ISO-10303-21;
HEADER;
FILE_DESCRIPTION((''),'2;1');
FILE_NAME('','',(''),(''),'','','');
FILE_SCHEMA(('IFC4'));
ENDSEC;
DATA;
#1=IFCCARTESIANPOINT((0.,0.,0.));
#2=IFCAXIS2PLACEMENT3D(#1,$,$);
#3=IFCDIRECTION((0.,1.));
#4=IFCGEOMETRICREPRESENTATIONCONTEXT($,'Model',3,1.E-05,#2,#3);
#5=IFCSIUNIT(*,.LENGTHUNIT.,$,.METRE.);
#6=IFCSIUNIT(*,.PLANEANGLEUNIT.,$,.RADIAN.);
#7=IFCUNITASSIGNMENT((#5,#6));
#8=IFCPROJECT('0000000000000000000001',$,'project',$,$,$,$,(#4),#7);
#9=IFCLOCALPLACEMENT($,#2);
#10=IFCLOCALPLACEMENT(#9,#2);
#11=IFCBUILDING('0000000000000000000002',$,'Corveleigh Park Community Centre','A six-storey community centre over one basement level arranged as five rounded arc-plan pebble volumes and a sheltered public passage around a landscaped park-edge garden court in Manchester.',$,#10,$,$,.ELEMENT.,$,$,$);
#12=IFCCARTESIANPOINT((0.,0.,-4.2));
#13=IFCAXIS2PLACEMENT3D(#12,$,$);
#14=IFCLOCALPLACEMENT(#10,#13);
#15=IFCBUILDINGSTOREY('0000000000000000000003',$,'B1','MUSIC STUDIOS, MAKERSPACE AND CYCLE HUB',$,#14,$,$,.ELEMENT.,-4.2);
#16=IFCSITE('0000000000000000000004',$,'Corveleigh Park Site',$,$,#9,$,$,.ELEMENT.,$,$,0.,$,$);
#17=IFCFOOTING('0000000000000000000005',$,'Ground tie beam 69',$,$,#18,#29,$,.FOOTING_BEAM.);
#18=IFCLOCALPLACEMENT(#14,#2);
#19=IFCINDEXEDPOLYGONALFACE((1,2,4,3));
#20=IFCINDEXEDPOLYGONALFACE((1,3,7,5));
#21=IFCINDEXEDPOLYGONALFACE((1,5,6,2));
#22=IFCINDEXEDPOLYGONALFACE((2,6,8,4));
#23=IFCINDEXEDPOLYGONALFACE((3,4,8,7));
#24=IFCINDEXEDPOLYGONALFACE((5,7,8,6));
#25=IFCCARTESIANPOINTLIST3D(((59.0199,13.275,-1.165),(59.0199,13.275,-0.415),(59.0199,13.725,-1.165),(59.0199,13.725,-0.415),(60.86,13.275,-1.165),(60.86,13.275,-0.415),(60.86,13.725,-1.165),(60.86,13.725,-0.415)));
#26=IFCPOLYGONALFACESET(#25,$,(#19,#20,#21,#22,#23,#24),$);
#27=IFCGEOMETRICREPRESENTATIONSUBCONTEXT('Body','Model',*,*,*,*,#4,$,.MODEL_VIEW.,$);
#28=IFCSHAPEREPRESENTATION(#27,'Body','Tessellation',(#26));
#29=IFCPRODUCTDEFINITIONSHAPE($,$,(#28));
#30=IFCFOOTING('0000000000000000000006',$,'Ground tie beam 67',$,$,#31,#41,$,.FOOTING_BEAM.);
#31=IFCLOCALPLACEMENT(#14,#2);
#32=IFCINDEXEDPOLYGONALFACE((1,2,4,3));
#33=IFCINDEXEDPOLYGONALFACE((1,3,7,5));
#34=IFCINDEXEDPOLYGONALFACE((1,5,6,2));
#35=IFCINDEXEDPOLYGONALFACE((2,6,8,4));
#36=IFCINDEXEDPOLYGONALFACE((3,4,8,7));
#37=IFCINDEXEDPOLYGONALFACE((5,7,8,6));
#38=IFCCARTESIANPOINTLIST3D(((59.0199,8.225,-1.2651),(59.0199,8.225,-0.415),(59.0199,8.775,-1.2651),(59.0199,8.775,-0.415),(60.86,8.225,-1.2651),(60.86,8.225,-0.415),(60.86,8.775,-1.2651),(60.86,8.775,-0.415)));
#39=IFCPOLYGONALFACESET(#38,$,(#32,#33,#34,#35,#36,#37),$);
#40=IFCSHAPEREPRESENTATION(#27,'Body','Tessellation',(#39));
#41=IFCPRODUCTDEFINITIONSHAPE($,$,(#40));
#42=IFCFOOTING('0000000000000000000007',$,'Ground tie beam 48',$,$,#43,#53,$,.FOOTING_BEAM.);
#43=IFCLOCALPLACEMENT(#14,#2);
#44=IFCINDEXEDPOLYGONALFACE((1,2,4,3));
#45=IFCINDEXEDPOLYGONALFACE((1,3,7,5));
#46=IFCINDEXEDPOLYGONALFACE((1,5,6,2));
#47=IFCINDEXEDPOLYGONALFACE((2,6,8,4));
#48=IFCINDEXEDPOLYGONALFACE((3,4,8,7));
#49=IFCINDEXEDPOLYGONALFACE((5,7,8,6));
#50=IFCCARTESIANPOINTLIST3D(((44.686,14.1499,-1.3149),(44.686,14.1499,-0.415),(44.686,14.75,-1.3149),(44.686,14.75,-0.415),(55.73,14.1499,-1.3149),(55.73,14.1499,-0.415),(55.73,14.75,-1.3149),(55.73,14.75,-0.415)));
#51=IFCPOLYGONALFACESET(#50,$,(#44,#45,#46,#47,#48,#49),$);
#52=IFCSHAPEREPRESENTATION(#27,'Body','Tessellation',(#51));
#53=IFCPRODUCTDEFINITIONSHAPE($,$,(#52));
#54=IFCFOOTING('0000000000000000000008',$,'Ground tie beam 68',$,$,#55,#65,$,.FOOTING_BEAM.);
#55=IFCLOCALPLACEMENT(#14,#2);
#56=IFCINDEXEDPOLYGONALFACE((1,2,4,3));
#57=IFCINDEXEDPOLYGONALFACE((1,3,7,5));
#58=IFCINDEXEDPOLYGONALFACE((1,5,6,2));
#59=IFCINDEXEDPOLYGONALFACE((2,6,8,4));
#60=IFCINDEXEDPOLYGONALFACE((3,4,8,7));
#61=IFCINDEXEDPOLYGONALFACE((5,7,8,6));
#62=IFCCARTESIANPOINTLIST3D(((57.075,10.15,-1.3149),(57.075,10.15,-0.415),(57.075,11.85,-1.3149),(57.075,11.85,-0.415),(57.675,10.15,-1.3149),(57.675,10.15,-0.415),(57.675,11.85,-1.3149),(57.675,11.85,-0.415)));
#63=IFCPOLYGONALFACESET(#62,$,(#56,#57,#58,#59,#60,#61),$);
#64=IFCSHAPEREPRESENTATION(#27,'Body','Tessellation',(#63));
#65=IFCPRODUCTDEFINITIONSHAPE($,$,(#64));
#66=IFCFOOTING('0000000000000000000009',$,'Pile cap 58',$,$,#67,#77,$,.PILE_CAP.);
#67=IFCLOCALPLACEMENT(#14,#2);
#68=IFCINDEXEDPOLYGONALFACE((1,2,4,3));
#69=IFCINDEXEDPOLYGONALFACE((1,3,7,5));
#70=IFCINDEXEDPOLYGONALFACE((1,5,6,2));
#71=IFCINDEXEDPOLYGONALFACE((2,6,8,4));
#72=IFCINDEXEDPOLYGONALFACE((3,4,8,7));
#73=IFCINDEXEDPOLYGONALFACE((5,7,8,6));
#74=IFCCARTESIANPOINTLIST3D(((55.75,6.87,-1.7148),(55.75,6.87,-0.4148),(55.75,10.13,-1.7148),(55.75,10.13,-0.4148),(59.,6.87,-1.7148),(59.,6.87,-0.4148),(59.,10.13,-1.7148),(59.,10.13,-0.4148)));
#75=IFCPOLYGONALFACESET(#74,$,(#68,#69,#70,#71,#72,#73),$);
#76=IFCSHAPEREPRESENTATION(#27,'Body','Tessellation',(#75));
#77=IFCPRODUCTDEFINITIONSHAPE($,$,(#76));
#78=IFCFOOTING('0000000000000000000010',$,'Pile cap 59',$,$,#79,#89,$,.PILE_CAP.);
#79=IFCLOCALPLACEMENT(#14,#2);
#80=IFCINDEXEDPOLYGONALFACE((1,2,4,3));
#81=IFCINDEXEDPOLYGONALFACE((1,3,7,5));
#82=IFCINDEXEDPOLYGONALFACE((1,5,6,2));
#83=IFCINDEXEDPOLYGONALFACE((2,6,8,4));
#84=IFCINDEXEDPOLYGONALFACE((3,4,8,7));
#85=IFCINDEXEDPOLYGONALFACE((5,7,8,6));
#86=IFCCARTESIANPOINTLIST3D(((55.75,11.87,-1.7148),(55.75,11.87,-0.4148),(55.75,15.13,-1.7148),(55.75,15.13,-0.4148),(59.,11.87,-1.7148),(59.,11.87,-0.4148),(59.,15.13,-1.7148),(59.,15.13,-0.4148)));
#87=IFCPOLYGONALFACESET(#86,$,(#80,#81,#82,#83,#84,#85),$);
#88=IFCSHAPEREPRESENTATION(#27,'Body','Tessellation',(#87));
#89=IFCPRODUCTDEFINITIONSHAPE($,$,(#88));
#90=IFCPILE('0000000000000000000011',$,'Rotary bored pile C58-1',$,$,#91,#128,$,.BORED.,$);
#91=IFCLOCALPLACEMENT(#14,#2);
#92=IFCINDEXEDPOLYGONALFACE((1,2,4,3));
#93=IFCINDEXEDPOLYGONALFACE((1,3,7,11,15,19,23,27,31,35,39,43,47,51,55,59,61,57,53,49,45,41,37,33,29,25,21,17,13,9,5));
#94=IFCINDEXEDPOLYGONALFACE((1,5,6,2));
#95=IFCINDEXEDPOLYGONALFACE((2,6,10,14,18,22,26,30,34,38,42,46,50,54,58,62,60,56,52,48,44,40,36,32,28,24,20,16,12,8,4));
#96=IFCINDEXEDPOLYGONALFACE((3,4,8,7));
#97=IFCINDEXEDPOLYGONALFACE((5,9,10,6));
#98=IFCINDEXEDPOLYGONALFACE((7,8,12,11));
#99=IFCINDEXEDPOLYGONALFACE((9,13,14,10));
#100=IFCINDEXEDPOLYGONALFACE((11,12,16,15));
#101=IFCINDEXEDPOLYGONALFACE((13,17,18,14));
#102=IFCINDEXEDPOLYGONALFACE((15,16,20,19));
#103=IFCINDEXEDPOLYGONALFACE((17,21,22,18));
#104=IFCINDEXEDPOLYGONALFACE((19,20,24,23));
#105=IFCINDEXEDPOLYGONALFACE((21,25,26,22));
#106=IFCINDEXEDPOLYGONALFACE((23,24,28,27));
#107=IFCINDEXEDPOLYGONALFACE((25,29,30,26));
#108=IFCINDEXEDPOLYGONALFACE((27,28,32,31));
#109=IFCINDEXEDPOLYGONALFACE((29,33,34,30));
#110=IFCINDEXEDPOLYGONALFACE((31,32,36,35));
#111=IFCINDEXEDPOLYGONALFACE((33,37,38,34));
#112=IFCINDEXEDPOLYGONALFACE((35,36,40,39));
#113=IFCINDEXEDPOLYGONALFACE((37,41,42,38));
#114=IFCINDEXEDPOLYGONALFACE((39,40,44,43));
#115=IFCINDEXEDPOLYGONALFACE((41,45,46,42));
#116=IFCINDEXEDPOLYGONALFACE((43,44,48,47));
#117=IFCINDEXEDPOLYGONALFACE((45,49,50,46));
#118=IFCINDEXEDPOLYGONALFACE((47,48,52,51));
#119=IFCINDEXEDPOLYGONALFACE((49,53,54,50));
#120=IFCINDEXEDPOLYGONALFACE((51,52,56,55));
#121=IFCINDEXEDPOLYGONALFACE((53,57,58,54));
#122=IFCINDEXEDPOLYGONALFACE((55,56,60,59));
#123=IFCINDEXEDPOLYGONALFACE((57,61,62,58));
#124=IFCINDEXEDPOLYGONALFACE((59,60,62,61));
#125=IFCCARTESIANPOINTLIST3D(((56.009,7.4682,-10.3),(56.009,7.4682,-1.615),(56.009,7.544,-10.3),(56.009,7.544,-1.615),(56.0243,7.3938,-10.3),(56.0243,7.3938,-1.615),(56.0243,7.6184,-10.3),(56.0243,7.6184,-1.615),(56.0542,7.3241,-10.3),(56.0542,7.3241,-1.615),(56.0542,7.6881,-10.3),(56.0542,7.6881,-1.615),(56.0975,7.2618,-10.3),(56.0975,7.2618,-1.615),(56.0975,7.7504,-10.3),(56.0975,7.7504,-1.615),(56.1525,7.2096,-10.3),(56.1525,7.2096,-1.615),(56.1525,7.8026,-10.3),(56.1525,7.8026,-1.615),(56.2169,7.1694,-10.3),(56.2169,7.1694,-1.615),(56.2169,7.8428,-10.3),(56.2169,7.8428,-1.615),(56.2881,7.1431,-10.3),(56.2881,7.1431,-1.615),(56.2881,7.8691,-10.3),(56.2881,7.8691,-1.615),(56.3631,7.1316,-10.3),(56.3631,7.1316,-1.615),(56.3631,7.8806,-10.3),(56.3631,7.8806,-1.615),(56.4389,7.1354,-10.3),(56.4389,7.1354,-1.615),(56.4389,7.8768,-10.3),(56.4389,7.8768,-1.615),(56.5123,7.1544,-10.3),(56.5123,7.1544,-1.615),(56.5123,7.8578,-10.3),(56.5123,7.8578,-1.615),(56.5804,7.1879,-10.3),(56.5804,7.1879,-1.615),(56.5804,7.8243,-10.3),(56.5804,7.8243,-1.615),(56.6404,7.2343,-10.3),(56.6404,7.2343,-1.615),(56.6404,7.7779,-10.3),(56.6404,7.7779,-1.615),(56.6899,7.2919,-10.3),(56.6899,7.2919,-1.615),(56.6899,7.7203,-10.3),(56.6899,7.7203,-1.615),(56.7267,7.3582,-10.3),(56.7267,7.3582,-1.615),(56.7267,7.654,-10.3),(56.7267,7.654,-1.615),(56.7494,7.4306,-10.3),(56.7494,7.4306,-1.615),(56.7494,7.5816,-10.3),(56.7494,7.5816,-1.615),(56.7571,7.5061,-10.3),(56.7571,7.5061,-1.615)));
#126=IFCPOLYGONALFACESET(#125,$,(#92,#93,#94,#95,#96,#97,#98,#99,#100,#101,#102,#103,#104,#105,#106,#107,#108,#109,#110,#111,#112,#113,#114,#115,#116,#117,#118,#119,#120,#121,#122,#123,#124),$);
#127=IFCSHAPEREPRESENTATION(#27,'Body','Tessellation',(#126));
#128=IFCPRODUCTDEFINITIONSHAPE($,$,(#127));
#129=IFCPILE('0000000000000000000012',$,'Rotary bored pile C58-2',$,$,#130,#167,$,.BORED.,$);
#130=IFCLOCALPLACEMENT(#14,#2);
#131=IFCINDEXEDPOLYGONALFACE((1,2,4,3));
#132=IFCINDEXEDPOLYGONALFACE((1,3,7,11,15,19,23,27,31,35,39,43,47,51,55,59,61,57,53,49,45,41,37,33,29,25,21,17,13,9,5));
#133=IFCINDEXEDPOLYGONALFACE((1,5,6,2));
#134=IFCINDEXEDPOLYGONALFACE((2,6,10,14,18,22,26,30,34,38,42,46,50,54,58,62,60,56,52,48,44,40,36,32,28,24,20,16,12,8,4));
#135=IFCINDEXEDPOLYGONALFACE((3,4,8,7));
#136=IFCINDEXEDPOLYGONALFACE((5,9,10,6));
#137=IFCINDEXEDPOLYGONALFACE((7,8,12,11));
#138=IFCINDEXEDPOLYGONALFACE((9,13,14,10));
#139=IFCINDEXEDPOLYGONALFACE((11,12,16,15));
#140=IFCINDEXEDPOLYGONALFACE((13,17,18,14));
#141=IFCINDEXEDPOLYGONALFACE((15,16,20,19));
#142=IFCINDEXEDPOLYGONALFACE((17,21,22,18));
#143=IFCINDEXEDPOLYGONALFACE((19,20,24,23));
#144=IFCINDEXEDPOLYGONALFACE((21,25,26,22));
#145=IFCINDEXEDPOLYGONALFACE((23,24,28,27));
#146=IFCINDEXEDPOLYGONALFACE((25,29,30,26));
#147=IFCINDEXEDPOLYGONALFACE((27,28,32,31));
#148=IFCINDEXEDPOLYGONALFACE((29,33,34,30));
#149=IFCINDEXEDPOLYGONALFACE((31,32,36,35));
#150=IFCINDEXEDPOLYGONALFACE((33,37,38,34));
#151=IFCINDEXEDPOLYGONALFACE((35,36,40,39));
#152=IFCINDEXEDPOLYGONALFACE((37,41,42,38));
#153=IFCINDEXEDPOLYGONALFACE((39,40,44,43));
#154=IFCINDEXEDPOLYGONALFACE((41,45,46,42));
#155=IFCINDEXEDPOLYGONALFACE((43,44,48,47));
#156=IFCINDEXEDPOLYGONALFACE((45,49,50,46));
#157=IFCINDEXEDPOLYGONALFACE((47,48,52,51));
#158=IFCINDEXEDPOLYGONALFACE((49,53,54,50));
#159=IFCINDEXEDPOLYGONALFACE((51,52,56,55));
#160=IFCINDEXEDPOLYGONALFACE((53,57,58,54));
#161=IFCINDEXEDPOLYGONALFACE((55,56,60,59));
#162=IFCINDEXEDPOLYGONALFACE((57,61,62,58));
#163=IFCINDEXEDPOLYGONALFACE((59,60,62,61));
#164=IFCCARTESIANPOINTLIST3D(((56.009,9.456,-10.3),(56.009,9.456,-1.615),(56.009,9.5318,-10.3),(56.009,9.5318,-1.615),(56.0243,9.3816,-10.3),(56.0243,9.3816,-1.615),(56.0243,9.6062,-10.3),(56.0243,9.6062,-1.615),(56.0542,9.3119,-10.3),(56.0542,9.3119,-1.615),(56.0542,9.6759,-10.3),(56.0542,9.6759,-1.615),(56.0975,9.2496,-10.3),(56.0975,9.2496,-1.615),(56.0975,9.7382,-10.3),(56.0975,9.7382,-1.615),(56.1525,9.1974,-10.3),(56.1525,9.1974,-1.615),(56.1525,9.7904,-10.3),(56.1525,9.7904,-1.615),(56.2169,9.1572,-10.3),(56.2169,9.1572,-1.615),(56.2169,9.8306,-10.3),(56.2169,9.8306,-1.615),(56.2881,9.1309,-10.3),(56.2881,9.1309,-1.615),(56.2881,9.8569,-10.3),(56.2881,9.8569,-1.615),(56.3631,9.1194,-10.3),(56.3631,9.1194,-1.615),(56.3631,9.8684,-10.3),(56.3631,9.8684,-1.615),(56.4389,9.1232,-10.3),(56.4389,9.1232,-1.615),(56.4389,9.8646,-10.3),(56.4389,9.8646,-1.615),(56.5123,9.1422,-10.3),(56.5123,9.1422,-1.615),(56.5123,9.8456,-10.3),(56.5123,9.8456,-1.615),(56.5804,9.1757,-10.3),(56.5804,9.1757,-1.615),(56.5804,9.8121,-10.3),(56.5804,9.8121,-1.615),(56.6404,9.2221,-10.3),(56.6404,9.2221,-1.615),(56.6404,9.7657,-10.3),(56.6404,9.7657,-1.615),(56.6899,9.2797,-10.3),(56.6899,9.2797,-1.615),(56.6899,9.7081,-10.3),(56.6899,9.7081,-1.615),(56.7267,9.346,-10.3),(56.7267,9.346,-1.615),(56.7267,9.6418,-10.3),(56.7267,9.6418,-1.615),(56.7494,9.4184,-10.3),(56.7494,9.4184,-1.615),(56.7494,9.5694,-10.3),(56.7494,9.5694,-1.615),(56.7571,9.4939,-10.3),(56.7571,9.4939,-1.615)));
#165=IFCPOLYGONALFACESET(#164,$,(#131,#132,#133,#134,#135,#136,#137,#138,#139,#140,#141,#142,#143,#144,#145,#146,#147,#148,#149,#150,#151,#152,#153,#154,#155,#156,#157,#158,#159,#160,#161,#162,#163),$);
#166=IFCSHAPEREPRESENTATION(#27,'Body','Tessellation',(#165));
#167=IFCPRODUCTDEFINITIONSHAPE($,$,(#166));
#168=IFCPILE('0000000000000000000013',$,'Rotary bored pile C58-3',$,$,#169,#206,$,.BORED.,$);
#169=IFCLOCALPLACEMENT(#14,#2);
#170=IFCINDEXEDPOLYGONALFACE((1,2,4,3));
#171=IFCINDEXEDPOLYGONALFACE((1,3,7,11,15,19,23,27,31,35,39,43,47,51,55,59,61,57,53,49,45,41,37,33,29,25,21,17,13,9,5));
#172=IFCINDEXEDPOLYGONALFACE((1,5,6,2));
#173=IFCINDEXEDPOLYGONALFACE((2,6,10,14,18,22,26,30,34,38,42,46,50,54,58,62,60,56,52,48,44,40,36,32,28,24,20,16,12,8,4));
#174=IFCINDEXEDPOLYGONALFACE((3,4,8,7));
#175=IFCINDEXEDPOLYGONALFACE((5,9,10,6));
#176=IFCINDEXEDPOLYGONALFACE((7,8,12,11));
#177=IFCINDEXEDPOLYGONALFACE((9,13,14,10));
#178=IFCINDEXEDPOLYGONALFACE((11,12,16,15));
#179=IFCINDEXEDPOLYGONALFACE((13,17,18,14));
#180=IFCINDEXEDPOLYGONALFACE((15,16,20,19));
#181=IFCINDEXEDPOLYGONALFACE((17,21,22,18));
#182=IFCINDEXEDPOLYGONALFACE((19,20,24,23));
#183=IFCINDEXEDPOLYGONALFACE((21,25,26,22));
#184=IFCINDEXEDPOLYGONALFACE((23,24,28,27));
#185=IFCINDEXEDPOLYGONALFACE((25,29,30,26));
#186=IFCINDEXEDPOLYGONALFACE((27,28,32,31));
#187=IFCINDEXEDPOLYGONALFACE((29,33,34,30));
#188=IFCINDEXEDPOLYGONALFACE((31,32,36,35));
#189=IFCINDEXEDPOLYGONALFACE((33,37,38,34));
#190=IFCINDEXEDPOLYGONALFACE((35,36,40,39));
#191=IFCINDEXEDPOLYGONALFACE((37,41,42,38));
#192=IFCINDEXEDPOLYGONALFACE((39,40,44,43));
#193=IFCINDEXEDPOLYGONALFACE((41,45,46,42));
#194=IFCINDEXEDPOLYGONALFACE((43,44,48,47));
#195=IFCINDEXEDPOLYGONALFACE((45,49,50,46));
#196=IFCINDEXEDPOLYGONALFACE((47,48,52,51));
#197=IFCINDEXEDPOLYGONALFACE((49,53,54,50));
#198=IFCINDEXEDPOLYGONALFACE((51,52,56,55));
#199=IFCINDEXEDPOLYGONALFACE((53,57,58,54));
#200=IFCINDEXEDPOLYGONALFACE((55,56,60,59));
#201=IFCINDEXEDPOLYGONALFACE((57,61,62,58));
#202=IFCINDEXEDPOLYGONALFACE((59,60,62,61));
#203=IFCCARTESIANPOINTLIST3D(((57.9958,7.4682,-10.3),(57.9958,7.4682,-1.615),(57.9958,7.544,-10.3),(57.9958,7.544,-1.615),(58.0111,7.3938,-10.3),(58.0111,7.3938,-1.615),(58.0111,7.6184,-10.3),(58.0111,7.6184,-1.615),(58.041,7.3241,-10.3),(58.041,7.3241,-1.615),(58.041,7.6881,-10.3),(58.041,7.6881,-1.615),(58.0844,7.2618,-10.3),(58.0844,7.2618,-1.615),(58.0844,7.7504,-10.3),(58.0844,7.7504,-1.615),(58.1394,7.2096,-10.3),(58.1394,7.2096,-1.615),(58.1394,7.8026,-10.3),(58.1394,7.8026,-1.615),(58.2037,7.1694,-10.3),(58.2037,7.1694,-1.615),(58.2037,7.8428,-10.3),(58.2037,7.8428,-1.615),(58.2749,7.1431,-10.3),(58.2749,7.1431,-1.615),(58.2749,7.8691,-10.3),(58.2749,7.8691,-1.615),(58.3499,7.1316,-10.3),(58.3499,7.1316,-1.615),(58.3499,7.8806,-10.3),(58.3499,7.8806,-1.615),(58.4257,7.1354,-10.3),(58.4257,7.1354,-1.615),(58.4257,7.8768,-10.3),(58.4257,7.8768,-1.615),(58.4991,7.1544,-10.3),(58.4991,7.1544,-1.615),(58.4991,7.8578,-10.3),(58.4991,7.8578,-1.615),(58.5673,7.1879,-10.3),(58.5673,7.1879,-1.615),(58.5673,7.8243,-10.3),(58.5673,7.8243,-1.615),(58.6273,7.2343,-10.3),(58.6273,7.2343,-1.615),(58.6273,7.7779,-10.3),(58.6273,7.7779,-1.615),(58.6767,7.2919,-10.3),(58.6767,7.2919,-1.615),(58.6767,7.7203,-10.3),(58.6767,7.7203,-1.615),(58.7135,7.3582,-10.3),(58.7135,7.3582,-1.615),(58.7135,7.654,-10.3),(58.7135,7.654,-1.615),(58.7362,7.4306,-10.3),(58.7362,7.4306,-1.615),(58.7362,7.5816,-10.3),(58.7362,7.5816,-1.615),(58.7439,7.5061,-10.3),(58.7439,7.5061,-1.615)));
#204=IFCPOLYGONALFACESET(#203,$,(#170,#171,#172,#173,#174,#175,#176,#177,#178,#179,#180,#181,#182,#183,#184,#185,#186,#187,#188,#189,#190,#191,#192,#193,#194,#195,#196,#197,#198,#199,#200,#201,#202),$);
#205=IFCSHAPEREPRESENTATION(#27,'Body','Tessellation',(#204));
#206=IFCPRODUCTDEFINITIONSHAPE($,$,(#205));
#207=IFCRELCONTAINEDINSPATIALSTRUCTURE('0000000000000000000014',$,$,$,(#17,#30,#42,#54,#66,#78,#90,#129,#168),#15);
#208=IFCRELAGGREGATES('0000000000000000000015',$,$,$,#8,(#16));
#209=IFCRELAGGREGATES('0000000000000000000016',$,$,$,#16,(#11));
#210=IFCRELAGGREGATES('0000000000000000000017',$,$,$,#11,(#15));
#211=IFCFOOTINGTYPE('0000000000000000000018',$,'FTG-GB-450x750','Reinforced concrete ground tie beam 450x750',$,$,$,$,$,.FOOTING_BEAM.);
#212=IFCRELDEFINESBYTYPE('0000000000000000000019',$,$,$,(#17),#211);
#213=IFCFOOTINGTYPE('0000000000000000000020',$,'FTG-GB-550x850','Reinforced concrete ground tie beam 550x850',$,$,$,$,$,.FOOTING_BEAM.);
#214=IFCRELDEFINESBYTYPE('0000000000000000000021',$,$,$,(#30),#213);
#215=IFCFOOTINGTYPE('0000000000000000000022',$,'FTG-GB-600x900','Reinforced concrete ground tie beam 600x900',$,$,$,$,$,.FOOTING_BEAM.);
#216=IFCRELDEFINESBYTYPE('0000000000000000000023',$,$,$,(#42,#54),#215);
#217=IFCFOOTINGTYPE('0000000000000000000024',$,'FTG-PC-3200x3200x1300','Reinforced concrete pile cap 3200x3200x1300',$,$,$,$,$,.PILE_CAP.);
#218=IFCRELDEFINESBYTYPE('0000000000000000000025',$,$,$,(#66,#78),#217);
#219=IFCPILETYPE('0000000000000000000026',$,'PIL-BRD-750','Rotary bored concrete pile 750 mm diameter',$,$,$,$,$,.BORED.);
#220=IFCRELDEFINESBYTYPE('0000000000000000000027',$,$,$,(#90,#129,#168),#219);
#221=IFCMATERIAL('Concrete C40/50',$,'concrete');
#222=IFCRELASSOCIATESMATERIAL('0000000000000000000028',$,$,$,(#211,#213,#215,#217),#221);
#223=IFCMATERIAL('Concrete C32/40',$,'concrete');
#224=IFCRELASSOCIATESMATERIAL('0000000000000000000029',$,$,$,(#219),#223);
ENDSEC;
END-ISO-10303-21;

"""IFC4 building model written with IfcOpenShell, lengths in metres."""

from ifc_helpers import new_model, si_unit, direction, frame, origin, origin_2d, place, context, subcontext, project, spatial, rectangle, circle, extrude, material, material_profile, profile_set, type_object, element, save


model = new_model("IFC4")

# Units and contexts
model_context = context("Model", 3, precision=1e-05, world=origin(), true_north=direction((0.0, 1.0)))
body_context = subcontext(model_context, "Body", "Model", "MODEL_VIEW")
ifc_project = project(units=[si_unit("LENGTHUNIT", "METRE"), si_unit("PLANEANGLEUNIT", "RADIAN")], contexts=[model_context])

# Site, building, storey
site_placement = place(None, origin())
site = spatial("IfcSite", under=ifc_project, at=site_placement, Name="Corveleigh Park Site", CompositionType="ELEMENT", RefElevation=0.0)
building_placement = place(site_placement, origin())
building = spatial("IfcBuilding", under=site, at=building_placement, Name="Corveleigh Park Community Centre", Description="A six-storey community centre over one basement level arranged as five rounded arc-plan pebble volumes and a sheltered public passage around a landscaped park-edge garden court in Manchester.", CompositionType="ELEMENT")
storey_placement = place(building_placement, frame((0.0, 0.0, -4.2)))
storey = spatial("IfcBuildingStorey", under=building, at=storey_placement, Name="B1", Description="MUSIC STUDIOS, MAKERSPACE AND CYCLE HUB", CompositionType="ELEMENT", Elevation=-4.2)

# Footings
ifc_material_1 = material(Name="Concrete C40/50", Category="concrete")
footing_type_1 = type_object("IfcFootingType", Name="FTG-GB-450x750", Description="Reinforced concrete ground tie beam 450x750", PredefinedType="FOOTING_BEAM", material=ifc_material_1)
footing_1_placement = place(storey_placement, frame((59.9399, 13.5, -1.165), z_axis=(0.0, 0.0, 1.0), x_axis=(1.0, 0.0, 0.0)))
element("IfcFooting", 1, at=footing_1_placement, inside=storey, type_object=footing_type_1, Name="Ground tie beam 69", PredefinedType="FOOTING_BEAM", context=body_context, shape_type="SweptSolid", body=[
    extrude(rectangle(XDim=1.8401, YDim=0.45, at=origin_2d()), origin(), (0.0, 0.0, 1.0), 0.75),
])
footing_type_2 = type_object("IfcFootingType", Name="FTG-GB-550x850", Description="Reinforced concrete ground tie beam 550x850", PredefinedType="FOOTING_BEAM", material=ifc_material_1)
footing_2_placement = place(storey_placement, frame((59.9399, 8.5, -1.2651), z_axis=(0.0, 0.0, 1.0), x_axis=(1.0, 0.0, 0.0)))
element("IfcFooting", 2, at=footing_2_placement, inside=storey, type_object=footing_type_2, Name="Ground tie beam 67", PredefinedType="FOOTING_BEAM", context=body_context, shape_type="SweptSolid", body=[
    extrude(rectangle(XDim=1.8401, YDim=0.55, at=origin_2d()), origin(), (0.0, 0.0, 1.0), 0.8501),
])
footing_type_3 = type_object("IfcFootingType", Name="FTG-GB-600x900", Description="Reinforced concrete ground tie beam 600x900", PredefinedType="FOOTING_BEAM", material=ifc_material_1)
footing_3_placement = place(storey_placement, frame((50.208, 14.45, -1.3149), z_axis=(0.0, 0.0, 1.0), x_axis=(1.0, 0.0, 0.0)))
element("IfcFooting", 3, at=footing_3_placement, inside=storey, type_object=footing_type_3, Name="Ground tie beam 48", PredefinedType="FOOTING_BEAM", context=body_context, shape_type="SweptSolid", body=[
    extrude(rectangle(XDim=11.0439, YDim=0.6001, at=origin_2d()), origin(), (0.0, 0.0, 1.0), 0.8999),
])
footing_4_placement = place(storey_placement, frame((57.375, 11.0, -1.3149), z_axis=(0.0, 0.0, 1.0), x_axis=(1.0, 0.0, 0.0)))
element("IfcFooting", 4, at=footing_4_placement, inside=storey, type_object=footing_type_3, Name="Ground tie beam 68", PredefinedType="FOOTING_BEAM", context=body_context, shape_type="SweptSolid", body=[
    extrude(rectangle(XDim=0.6001, YDim=1.7, at=origin_2d()), origin(), (0.0, 0.0, 1.0), 0.8999),
])
footing_type_4 = type_object("IfcFootingType", Name="FTG-PC-3200x3200x1300", Description="Reinforced concrete pile cap 3200x3200x1300", PredefinedType="PILE_CAP", material=ifc_material_1)
for number, where, z_axis, x_axis, name in (
    (5, (57.375, 8.5, -1.7148), (0.0, 0.0, 1.0), (1.0, 0.0, 0.0), "Pile cap 58"),
    (6, (57.375, 13.5, -1.7148), (0.0, 0.0, 1.0), (1.0, 0.0, 0.0), "Pile cap 59"),
):
    element("IfcFooting", number, at=place(storey_placement, frame(where, z_axis=z_axis, x_axis=x_axis)), inside=storey, type_object=footing_type_4, Name=name, PredefinedType="PILE_CAP", context=body_context, shape_type="SweptSolid", body=[
        extrude(rectangle(XDim=3.25, YDim=3.26, at=origin_2d()), origin(), (0.0, 0.0, 1.0), 1.3),
    ])

# Piles
ifc_material_2 = material(Name="Concrete C32/40", Category="concrete")
ifc_material_profile_1 = material_profile(ifc_material_2, circle(Radius=0.375, at=origin_2d()), Name="BORED-PILE-750", Category="concrete")
ifc_profile_set_1 = profile_set([ifc_material_profile_1], Name="Concrete C32/40")
pile_type = type_object("IfcPileType", Name="PIL-BRD-750", Description="Rotary bored concrete pile 750 mm diameter", PredefinedType="BORED", material=ifc_profile_set_1)
for number, where, z_axis, x_axis, name in (
    (7, (56.3821, 7.5061, -1.615), (0.0, 0.0, -1.0), (1.0, 0.0, 0.0), "Rotary bored pile C58-1"),
    (8, (56.3821, 9.4939, -1.615), (0.0, 0.0, -1.0), (1.0, 0.0, 0.0), "Rotary bored pile C58-2"),
    (9, (58.3689, 7.5061, -1.615), (0.0, 0.0, -1.0), (1.0, 0.0, 0.0), "Rotary bored pile C58-3"),
):
    element("IfcPile", number, at=place(storey_placement, frame(where, z_axis=z_axis, x_axis=x_axis)), inside=storey, type_object=pile_type, Name=name, PredefinedType="BORED", context=body_context, shape_type="SweptSolid", body=[
        extrude(circle(Radius=0.375, at=origin_2d()), origin(), (0.0, 0.0, 1.0), 8.6851),
    ])

save(model, "model.ifc")
